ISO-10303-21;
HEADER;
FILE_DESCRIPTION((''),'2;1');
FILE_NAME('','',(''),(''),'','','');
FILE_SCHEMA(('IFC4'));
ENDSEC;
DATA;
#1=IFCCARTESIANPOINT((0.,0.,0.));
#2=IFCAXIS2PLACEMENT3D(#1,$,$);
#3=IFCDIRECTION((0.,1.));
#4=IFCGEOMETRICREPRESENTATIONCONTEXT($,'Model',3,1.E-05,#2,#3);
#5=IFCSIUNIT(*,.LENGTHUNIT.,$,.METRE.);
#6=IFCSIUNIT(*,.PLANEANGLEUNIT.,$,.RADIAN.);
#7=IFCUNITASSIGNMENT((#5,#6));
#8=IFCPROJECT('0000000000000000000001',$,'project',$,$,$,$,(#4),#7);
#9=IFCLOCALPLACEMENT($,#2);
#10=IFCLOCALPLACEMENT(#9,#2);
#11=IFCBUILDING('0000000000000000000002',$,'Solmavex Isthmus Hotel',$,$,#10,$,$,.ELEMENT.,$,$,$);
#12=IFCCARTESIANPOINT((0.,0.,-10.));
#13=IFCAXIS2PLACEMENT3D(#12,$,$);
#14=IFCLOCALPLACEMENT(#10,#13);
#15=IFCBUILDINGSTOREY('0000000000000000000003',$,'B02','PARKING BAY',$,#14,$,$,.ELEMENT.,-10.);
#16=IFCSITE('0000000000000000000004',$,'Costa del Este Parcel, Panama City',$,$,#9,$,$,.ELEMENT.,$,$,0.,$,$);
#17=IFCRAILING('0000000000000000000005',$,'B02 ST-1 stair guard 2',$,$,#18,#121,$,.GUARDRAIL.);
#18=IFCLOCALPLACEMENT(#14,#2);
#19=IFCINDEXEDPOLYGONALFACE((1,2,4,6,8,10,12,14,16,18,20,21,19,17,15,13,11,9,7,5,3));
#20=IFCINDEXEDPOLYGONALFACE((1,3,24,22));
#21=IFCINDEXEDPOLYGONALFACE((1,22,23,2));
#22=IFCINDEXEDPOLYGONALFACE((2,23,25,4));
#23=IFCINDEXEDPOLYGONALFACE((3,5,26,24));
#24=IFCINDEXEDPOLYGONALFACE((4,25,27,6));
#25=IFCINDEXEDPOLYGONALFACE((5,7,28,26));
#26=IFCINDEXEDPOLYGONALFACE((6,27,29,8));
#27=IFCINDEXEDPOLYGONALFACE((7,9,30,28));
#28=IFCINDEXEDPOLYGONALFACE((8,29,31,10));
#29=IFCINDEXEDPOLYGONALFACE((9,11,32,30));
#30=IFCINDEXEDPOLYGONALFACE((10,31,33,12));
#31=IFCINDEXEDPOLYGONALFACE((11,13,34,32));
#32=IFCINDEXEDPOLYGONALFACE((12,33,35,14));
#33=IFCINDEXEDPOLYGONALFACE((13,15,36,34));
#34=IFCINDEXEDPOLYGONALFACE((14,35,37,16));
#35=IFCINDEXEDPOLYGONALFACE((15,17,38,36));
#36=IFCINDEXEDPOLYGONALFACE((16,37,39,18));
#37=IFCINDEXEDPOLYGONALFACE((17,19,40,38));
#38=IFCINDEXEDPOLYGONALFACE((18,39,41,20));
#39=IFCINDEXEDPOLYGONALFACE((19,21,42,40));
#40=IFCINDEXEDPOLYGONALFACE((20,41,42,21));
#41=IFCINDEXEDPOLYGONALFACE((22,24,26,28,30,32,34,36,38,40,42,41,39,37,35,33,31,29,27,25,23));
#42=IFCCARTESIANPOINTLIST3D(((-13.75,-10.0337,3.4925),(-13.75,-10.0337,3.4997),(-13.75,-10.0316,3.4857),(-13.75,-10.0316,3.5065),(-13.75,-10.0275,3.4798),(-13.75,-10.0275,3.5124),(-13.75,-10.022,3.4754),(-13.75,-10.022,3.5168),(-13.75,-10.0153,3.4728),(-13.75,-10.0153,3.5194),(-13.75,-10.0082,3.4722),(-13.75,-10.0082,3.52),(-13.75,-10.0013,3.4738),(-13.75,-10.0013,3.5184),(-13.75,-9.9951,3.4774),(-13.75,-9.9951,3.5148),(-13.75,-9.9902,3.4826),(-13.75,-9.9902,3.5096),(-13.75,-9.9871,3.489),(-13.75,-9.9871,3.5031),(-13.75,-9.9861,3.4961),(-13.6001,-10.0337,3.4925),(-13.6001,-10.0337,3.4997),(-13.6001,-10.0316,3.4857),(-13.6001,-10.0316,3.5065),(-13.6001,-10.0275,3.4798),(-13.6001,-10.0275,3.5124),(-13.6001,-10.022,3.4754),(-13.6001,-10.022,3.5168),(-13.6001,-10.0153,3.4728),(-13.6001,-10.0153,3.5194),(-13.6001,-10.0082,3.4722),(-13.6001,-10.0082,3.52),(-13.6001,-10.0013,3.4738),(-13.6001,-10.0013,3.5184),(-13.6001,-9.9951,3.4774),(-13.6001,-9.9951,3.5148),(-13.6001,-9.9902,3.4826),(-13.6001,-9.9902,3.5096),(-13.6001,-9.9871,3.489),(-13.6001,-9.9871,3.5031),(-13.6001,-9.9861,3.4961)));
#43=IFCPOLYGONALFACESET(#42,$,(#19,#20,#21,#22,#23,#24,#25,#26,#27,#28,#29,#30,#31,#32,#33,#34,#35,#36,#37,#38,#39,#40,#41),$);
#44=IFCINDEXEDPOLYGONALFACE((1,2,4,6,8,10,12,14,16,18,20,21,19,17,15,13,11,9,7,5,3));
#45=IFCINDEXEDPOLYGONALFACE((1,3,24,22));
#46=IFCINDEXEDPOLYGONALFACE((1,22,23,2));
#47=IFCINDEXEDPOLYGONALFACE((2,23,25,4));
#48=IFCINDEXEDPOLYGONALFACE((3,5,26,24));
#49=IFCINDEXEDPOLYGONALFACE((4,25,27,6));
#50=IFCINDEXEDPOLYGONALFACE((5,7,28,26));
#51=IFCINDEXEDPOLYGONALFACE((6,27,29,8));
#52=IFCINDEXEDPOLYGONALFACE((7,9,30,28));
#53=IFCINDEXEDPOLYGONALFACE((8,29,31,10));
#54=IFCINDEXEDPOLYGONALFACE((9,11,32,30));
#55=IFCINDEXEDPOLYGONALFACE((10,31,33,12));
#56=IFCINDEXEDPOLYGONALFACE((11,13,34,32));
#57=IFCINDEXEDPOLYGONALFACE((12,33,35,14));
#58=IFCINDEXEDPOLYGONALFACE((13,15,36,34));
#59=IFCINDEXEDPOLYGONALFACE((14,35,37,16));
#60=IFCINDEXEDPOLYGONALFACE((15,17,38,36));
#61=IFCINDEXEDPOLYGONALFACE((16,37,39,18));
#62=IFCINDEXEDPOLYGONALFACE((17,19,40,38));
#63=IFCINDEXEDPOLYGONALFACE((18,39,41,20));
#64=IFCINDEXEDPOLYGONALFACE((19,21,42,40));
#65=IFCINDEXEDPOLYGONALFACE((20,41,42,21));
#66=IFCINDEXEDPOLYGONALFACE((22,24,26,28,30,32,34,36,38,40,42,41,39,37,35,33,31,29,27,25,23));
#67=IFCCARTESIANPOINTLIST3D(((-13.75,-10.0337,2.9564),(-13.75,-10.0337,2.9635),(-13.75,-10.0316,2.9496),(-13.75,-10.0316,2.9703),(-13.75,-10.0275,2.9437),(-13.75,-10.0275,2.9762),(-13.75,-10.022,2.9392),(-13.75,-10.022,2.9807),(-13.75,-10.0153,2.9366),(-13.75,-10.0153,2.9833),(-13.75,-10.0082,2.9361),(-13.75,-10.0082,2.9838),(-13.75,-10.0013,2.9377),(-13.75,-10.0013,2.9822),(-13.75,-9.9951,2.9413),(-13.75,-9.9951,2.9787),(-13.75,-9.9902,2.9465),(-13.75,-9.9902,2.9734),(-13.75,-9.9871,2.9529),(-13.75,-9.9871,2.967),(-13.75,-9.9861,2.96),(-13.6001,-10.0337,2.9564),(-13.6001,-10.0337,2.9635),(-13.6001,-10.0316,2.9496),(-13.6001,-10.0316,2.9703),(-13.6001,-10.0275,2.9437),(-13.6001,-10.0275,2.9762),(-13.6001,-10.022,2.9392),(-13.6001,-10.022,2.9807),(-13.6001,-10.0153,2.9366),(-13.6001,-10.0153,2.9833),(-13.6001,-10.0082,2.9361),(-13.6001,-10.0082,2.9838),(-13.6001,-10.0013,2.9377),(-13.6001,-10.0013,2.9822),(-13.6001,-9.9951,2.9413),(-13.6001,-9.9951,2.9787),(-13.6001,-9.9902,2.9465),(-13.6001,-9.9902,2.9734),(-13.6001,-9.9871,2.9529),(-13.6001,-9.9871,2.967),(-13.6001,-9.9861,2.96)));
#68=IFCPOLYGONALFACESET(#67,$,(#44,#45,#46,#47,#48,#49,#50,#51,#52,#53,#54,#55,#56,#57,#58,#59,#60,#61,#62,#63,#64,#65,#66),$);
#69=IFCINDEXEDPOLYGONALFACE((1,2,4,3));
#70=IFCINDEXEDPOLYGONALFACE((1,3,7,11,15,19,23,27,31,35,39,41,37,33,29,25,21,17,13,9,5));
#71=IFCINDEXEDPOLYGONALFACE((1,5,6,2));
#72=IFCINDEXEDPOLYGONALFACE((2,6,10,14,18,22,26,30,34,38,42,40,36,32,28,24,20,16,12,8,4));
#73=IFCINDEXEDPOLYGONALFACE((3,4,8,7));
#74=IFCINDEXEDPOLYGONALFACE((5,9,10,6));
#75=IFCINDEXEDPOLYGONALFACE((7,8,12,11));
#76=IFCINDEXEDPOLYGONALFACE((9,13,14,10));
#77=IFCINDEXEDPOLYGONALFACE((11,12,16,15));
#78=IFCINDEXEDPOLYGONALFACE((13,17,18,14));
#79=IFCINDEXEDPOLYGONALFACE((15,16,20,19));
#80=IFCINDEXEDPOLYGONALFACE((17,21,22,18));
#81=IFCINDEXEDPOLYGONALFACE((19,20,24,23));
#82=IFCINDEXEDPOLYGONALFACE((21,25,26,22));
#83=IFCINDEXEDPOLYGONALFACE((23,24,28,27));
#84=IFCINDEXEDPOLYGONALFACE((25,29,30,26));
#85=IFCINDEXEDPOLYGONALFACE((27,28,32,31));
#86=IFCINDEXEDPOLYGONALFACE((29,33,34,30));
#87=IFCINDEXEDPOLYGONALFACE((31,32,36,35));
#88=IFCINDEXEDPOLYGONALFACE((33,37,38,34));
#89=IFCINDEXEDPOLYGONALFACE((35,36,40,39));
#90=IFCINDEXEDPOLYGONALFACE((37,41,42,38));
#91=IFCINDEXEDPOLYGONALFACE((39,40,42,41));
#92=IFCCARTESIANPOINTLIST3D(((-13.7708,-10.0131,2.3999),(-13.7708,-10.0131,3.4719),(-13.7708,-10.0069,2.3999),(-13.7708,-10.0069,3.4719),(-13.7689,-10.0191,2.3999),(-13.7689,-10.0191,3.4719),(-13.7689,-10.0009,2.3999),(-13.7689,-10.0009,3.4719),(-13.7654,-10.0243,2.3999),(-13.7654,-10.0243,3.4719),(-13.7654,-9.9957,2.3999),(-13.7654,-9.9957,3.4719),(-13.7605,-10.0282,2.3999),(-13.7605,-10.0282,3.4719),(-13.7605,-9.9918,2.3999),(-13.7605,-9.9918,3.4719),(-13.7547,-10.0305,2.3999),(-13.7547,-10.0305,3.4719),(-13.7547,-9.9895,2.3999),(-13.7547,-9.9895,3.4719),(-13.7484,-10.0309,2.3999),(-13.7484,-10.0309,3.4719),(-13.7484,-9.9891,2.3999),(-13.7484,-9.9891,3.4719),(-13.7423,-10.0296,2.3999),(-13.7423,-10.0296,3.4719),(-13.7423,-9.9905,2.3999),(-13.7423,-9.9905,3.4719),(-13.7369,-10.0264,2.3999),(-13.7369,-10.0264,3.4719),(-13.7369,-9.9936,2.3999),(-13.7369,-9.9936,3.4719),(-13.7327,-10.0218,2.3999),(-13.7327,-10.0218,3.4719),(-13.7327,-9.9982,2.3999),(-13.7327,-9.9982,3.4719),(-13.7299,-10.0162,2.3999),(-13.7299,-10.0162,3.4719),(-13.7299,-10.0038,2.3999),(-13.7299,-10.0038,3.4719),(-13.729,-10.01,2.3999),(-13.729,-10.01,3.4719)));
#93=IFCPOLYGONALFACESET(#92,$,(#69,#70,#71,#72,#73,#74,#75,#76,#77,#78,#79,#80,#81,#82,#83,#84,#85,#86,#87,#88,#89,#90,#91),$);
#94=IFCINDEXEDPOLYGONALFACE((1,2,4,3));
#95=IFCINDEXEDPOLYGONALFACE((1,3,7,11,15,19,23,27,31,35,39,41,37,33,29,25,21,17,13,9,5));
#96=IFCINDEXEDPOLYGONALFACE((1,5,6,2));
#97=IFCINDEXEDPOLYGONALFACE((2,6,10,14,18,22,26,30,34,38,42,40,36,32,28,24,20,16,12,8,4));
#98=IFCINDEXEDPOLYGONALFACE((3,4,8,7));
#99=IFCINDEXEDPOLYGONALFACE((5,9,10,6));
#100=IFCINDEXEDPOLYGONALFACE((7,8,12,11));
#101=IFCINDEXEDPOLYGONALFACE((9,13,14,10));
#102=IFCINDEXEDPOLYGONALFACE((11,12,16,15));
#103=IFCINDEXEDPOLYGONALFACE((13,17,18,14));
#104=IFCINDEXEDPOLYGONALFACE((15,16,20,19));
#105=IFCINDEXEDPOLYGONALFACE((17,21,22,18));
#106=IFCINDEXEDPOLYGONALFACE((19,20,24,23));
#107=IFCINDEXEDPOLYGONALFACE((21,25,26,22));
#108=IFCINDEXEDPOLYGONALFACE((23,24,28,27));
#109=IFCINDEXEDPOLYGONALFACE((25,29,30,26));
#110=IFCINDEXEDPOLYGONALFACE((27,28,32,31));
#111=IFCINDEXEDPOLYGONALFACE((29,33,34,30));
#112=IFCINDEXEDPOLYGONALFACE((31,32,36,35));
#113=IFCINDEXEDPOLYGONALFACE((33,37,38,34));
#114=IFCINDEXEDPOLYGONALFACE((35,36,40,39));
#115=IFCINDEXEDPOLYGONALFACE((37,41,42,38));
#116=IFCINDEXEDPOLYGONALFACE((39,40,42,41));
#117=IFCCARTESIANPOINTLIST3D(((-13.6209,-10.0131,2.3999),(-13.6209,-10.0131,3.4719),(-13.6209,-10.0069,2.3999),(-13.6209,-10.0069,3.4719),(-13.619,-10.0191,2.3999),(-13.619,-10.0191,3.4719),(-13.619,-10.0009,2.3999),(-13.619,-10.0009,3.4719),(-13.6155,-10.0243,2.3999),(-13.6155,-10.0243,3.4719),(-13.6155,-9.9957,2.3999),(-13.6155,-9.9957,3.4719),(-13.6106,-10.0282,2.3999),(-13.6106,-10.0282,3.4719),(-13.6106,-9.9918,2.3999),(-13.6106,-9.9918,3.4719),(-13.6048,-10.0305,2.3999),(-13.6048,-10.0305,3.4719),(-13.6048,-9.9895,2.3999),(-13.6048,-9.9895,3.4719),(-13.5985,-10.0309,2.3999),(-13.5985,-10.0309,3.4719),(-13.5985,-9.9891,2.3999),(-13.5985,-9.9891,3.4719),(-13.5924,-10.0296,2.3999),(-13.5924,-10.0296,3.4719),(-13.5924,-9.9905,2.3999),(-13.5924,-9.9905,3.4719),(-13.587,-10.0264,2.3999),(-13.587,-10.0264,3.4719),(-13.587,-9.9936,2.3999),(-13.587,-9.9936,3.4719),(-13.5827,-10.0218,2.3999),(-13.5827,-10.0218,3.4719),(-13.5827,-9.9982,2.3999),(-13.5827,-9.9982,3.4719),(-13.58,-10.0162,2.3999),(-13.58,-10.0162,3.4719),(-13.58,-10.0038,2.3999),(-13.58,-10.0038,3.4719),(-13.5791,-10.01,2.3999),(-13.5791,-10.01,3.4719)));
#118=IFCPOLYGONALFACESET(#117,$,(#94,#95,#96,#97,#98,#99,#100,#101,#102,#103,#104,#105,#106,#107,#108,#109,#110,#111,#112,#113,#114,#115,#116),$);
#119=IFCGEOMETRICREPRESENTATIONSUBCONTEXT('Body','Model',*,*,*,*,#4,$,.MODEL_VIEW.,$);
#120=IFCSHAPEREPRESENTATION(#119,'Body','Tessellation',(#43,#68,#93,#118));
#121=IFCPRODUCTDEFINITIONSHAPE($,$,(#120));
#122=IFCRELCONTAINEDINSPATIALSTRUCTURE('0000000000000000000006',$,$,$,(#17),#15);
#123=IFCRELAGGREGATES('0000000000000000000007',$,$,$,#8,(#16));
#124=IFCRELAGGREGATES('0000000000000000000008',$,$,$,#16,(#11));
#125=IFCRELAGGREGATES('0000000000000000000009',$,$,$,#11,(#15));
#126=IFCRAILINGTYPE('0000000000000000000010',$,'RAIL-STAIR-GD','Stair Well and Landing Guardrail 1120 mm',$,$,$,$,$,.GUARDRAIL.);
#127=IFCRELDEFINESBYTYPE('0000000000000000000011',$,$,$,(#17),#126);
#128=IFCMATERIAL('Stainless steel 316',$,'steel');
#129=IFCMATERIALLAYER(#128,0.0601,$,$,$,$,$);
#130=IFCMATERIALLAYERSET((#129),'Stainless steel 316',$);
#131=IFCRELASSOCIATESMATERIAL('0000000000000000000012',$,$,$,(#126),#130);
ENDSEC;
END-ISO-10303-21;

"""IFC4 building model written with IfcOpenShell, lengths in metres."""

from ifc_helpers import new_model, si_unit, direction, frame, origin, origin_2d, place, context, subcontext, project, spatial, circle, extrude, material, layer, layer_set, type_object, element, save


model = new_model("IFC4")

# Units and contexts
model_context = context("Model", 3, precision=1e-05, world=origin(), true_north=direction((0.0, 1.0)))
body_context = subcontext(model_context, "Body", "Model", "MODEL_VIEW")
ifc_project = project(units=[si_unit("LENGTHUNIT", "METRE"), si_unit("PLANEANGLEUNIT", "RADIAN")], contexts=[model_context])

# Site, building, storey
site_placement = place(None, origin())
site = spatial("IfcSite", under=ifc_project, at=site_placement, Name="Costa del Este Parcel, Panama City", CompositionType="ELEMENT", RefElevation=0.0)
building_placement = place(site_placement, origin())
building = spatial("IfcBuilding", under=site, at=building_placement, Name="Solmavex Isthmus Hotel", CompositionType="ELEMENT")
storey_placement = place(building_placement, frame((0.0, 0.0, -10.0)))
storey = spatial("IfcBuildingStorey", under=building, at=storey_placement, Name="B02", Description="PARKING BAY", CompositionType="ELEMENT", Elevation=-10.0)

# Shared definitions
ifc_material_1 = material(Name="Stainless steel 316", Category="steel")

# Railing
ifc_layer_1 = layer(ifc_material_1, 0.0601)
ifc_layer_set_1 = layer_set([ifc_layer_1], Name="Stainless steel 316")
railing_type_1 = type_object("IfcRailingType", Name="RAIL-STAIR-GD", Description="Stair Well and Landing Guardrail 1120 mm", PredefinedType="GUARDRAIL", material=ifc_layer_set_1)
railing_1_placement = place(storey_placement, frame((-13.75, -10.01, 2.3999)))
element("IfcRailing", 1, at=railing_1_placement, inside=storey, type_object=railing_type_1, Name="B02 ST-1 stair guard 2", PredefinedType="GUARDRAIL", context=body_context, shape_type="SweptSolid", body=[
    extrude(circle(Radius=0.0239, at=origin_2d()), frame((0.0, 0.0, 1.0962), z_axis=(1.0, 0.0, 0.0), x_axis=(0.0, 1.0, 0.0)), (0.0, 0.0, 1.0), 0.1499),
    extrude(circle(Radius=0.0239, at=origin_2d()), frame((0.0, 0.0, 0.5601), z_axis=(1.0, 0.0, 0.0), x_axis=(0.0, 1.0, 0.0)), (0.0, 0.0, 1.0), 0.1499),
    extrude(circle(Radius=0.021, at=origin_2d()), origin(), (0.0, 0.0, 1.0), 1.072),
    extrude(circle(Radius=0.021, at=origin_2d()), frame((0.1499, 0.0, 0.0)), (0.0, 0.0, 1.0), 1.072),
])

save(model, "model.ifc")
